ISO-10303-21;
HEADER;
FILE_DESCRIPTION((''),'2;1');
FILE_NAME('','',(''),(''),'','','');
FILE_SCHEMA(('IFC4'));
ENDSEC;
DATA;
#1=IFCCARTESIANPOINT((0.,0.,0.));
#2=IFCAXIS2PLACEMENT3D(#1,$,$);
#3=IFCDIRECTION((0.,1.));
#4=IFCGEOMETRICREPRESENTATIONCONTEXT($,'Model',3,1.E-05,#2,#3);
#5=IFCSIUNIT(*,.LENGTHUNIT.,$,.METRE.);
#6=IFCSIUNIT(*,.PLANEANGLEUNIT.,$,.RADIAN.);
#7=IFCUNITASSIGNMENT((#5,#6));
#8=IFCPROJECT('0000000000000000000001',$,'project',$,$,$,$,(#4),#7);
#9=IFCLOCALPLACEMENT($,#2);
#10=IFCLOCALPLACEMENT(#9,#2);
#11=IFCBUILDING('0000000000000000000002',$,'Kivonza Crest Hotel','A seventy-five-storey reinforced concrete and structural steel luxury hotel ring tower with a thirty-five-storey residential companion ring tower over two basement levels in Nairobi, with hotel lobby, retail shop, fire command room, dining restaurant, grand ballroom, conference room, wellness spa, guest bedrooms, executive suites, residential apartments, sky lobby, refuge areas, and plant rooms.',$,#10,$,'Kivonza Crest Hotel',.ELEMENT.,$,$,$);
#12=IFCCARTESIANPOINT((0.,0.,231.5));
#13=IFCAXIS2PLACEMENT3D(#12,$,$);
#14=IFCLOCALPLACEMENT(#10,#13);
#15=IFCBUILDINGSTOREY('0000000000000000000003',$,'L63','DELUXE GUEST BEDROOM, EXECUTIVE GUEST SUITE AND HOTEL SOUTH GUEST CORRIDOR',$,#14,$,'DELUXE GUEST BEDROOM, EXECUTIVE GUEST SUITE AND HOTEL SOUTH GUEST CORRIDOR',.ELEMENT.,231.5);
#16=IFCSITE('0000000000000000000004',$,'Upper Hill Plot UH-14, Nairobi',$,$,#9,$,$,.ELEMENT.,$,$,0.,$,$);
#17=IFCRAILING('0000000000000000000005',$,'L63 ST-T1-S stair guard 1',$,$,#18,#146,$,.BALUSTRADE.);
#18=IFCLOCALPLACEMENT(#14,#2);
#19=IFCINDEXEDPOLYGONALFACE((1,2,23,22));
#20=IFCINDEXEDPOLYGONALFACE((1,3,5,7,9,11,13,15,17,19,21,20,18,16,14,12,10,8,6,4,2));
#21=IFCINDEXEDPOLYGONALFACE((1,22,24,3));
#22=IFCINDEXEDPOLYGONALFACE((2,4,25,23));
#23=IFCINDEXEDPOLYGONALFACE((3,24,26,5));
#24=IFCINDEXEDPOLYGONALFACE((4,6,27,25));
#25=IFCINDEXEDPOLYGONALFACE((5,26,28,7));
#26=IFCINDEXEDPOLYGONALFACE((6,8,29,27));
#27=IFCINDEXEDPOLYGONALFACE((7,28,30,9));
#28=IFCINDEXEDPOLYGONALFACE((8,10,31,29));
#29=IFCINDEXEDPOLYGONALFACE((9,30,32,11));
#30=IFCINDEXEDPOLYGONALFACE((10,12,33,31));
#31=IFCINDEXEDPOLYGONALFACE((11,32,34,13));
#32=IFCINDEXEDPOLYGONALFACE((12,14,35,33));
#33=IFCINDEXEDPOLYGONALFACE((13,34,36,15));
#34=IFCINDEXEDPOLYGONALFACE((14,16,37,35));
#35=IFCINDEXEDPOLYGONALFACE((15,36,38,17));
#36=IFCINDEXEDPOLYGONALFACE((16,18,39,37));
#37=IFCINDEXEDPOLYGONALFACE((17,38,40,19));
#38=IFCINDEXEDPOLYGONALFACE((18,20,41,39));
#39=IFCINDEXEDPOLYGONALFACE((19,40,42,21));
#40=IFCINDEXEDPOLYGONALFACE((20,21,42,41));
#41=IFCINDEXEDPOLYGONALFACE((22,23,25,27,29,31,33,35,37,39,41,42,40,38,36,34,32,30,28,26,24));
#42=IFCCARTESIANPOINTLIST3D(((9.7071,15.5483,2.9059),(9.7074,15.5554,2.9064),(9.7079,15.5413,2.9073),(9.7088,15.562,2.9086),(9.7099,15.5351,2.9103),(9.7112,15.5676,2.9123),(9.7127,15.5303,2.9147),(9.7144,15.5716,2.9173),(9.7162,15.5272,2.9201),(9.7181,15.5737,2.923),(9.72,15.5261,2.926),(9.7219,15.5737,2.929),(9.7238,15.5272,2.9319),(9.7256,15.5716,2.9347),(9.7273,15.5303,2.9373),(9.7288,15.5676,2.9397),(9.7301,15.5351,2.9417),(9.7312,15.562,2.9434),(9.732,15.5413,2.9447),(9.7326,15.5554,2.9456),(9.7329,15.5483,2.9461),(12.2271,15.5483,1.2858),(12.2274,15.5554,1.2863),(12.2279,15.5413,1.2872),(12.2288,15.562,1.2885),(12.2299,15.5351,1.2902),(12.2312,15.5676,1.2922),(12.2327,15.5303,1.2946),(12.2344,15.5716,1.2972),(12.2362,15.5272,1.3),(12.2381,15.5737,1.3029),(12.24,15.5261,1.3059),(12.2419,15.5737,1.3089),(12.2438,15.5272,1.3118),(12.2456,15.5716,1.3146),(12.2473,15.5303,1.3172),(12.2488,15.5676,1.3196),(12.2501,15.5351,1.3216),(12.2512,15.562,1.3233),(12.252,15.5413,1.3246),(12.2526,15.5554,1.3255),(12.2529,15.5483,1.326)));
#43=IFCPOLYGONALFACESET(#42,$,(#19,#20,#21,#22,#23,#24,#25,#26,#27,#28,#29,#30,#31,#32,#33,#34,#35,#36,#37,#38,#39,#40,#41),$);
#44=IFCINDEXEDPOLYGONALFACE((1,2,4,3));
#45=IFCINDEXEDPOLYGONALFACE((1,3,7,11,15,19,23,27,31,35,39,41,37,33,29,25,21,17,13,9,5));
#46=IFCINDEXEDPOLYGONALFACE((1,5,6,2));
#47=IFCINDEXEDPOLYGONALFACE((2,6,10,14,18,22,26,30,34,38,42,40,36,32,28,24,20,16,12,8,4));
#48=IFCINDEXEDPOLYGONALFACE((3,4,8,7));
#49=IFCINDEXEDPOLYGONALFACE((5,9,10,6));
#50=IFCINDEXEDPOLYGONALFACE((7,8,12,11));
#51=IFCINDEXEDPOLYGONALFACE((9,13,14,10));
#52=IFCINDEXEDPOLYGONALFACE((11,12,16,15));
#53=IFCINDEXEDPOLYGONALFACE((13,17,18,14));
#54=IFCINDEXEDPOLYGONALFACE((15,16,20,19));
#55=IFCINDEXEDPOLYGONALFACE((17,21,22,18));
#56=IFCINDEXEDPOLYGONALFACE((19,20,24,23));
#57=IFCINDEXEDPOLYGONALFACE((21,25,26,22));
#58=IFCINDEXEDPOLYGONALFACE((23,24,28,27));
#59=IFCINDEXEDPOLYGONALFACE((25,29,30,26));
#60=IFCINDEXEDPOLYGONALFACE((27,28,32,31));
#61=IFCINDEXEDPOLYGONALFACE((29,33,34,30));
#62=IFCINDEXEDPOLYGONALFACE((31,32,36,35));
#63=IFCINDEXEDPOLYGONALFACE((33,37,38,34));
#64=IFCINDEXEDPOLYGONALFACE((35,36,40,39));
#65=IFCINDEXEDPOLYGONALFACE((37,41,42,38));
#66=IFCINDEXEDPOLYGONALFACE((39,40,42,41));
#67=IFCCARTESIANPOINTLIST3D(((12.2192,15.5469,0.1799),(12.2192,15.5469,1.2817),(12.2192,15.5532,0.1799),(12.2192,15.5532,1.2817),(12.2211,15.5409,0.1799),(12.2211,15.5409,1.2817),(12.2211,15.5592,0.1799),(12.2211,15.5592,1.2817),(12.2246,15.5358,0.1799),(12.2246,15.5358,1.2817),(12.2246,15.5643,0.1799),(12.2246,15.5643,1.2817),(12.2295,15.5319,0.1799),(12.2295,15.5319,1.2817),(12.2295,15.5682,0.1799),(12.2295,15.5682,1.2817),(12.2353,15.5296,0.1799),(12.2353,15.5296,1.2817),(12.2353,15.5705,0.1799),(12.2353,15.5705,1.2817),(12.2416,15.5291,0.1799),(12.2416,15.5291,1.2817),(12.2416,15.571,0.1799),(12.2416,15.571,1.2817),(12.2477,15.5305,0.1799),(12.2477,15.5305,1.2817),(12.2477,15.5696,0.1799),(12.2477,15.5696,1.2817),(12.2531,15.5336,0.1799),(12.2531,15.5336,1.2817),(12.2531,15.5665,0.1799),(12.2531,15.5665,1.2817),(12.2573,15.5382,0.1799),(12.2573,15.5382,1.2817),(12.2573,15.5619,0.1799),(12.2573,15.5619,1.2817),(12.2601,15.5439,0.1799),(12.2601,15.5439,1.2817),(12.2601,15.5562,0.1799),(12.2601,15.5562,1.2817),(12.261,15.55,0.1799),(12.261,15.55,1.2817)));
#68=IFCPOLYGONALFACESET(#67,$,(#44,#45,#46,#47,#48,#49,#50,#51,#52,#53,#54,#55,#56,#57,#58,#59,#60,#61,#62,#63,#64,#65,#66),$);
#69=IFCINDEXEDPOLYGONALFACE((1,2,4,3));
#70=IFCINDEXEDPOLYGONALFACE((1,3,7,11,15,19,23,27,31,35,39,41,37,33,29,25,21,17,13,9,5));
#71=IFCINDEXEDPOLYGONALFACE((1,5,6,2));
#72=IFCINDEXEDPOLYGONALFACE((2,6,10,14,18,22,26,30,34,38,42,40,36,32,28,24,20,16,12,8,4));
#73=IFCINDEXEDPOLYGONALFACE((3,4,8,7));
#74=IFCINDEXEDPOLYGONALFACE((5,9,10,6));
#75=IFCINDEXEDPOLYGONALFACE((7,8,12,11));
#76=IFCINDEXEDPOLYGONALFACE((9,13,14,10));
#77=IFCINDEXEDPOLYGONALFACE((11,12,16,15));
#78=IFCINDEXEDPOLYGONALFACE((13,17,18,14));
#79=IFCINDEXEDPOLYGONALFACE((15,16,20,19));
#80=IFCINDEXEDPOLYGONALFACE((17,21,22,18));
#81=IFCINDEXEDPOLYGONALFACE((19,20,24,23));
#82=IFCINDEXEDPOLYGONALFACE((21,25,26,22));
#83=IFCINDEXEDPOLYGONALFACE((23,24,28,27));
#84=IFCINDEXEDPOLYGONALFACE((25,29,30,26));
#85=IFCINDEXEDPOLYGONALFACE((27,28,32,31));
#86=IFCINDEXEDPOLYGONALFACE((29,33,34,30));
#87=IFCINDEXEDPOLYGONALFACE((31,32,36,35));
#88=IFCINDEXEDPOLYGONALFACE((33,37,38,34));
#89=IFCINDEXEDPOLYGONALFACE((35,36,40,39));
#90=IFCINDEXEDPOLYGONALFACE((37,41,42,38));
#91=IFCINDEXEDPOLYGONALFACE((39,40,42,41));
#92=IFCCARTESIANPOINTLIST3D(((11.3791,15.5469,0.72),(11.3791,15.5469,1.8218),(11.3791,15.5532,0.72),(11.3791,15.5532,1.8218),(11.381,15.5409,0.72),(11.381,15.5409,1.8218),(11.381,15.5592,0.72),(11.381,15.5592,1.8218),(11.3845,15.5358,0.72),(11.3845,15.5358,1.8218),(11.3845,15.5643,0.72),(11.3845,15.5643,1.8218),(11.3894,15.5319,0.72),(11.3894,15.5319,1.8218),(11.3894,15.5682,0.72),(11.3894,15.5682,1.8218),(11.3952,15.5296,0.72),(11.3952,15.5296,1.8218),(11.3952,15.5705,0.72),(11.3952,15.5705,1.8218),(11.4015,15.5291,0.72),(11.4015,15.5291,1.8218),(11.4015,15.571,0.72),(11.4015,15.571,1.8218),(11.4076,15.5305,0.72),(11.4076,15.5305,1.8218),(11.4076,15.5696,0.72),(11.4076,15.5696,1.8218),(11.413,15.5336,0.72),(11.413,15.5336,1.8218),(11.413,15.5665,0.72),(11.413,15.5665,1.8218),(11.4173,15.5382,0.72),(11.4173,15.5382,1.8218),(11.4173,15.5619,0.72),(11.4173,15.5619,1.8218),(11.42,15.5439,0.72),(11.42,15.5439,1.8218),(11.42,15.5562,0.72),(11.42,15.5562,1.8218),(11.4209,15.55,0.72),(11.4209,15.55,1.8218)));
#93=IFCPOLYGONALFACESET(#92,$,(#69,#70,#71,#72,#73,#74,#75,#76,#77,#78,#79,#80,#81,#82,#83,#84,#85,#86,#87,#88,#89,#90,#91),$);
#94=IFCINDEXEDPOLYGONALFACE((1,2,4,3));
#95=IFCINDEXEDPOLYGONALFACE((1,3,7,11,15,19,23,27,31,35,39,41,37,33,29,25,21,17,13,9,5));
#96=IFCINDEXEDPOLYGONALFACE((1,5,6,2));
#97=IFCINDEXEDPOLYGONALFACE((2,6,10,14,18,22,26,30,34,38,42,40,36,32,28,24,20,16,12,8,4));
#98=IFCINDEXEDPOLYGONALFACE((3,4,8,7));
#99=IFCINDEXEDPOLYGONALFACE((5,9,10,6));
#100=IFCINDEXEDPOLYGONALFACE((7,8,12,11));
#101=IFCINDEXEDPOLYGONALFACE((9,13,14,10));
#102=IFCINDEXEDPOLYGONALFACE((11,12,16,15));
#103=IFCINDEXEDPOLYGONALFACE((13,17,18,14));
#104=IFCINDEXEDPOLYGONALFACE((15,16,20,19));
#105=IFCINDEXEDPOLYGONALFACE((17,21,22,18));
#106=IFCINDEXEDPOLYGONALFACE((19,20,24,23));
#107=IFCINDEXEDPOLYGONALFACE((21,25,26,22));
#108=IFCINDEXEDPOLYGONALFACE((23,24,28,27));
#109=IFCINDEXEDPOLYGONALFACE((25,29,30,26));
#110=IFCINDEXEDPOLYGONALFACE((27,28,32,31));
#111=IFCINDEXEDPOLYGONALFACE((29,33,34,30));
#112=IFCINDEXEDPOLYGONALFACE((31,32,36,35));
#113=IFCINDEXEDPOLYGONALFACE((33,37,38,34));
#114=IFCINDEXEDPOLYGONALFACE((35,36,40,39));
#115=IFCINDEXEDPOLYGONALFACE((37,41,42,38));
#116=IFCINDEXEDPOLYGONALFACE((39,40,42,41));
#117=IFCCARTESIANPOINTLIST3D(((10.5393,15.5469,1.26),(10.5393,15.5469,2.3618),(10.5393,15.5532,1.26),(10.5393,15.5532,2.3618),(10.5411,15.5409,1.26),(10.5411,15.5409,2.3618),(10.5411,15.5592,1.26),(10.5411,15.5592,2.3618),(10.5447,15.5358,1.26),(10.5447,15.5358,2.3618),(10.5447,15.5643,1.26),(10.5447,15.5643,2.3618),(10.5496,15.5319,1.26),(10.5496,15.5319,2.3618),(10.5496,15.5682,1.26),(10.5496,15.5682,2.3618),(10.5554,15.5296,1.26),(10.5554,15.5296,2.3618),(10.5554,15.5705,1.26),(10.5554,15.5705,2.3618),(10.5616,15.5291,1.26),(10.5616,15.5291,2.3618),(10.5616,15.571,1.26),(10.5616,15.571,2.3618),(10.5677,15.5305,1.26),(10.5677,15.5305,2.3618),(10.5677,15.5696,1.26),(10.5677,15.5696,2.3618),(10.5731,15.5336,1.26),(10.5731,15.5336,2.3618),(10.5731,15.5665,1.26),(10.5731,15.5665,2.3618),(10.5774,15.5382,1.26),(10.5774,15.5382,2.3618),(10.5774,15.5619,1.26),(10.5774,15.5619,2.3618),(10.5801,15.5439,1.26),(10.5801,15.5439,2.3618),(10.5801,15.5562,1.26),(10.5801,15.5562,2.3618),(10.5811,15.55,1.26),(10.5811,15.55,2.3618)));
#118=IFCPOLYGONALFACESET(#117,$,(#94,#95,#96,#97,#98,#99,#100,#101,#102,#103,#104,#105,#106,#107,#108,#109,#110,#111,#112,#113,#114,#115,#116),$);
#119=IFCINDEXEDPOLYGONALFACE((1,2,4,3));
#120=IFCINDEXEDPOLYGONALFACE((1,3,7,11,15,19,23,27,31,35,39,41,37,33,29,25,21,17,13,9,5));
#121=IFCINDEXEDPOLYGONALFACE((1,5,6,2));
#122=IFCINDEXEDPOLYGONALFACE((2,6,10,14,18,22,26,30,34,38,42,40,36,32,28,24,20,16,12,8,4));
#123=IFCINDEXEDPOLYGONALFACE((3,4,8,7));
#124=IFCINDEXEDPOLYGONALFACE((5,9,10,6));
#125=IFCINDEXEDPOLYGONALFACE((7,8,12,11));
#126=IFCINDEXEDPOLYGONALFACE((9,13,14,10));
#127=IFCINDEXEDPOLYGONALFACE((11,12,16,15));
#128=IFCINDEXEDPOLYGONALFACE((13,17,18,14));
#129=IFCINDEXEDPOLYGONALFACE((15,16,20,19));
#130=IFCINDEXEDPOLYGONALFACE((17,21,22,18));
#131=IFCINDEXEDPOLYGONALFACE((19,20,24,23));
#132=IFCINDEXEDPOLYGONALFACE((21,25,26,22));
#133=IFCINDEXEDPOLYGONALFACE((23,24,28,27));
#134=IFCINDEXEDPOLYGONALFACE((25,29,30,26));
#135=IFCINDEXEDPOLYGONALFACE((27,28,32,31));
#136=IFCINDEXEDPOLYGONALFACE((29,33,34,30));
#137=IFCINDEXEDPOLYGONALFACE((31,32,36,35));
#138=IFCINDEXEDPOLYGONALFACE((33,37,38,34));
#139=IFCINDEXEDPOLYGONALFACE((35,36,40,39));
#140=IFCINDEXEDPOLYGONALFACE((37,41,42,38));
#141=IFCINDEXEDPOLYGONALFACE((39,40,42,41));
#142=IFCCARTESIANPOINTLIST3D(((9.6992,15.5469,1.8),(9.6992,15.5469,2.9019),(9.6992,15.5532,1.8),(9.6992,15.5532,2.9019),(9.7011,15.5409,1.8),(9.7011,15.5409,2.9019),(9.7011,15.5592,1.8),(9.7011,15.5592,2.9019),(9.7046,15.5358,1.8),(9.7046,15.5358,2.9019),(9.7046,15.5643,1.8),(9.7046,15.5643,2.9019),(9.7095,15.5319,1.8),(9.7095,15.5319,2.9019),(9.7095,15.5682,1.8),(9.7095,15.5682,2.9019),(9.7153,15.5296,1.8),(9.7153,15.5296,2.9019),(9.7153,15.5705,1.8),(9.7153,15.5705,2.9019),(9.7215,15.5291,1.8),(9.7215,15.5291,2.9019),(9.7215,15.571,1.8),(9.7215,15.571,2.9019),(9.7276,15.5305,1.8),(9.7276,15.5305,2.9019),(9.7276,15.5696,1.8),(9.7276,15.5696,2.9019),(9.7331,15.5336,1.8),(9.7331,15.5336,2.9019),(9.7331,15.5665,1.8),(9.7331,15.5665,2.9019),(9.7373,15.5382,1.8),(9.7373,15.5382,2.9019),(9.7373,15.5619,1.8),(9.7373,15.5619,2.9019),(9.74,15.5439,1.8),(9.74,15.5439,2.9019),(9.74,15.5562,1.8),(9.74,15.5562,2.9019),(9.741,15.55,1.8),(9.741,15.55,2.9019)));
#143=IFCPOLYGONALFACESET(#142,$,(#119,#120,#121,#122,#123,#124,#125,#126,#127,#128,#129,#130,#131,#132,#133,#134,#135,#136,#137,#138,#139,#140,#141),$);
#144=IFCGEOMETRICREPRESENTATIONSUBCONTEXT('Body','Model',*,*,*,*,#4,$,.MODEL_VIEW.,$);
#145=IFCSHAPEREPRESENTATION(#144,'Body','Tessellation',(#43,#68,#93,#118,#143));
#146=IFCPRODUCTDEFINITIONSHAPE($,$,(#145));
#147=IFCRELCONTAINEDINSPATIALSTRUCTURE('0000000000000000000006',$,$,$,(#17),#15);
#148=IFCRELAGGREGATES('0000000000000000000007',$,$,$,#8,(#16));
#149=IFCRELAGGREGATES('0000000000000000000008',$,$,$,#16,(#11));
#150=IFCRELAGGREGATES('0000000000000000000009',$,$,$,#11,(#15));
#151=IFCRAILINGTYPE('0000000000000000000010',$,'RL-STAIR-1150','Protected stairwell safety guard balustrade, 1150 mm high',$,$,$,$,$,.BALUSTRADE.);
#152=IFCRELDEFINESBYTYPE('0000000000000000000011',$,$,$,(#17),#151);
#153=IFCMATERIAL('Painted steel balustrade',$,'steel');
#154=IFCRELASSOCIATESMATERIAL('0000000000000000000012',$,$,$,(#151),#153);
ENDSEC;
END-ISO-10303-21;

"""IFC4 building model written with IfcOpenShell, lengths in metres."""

from ifc_helpers import new_model, si_unit, direction, frame, origin, origin_2d, place, context, subcontext, project, spatial, circle, extrude, material, type_object, element, save


model = new_model("IFC4")

# Units and contexts
model_context = context("Model", 3, precision=1e-05, world=origin(), true_north=direction((0.0, 1.0)))
body_context = subcontext(model_context, "Body", "Model", "MODEL_VIEW")
ifc_project = project(units=[si_unit("LENGTHUNIT", "METRE"), si_unit("PLANEANGLEUNIT", "RADIAN")], contexts=[model_context])

# Site, building, storey
site_placement = place(None, origin())
site = spatial("IfcSite", under=ifc_project, at=site_placement, Name="Upper Hill Plot UH-14, Nairobi", CompositionType="ELEMENT", RefElevation=0.0)
building_placement = place(site_placement, origin())
building = spatial("IfcBuilding", under=site, at=building_placement, Name="Kivonza Crest Hotel", Description="A seventy-five-storey reinforced concrete and structural steel luxury hotel ring tower with a thirty-five-storey residential companion ring tower over two basement levels in Nairobi, with hotel lobby, retail shop, fire command room, dining restaurant, grand ballroom, conference room, wellness spa, guest bedrooms, executive suites, residential apartments, sky lobby, refuge areas, and plant rooms.", LongName="Kivonza Crest Hotel", CompositionType="ELEMENT")
storey_placement = place(building_placement, frame((0.0, 0.0, 231.5)))
storey = spatial("IfcBuildingStorey", under=building, at=storey_placement, Name="L63", Description="DELUXE GUEST BEDROOM, EXECUTIVE GUEST SUITE AND HOTEL SOUTH GUEST CORRIDOR", LongName="DELUXE GUEST BEDROOM, EXECUTIVE GUEST SUITE AND HOTEL SOUTH GUEST CORRIDOR", CompositionType="ELEMENT", Elevation=231.5)

# Railing
ifc_material_1 = material(Name="Painted steel balustrade", Category="steel")
railing_type_1 = type_object("IfcRailingType", Name="RL-STAIR-1150", Description="Protected stairwell safety guard balustrade, 1150 mm high", PredefinedType="BALUSTRADE", material=ifc_material_1)
railing_1_placement = place(storey_placement, frame((12.24, 15.55, 0.1799)))
element("IfcRailing", 1, at=railing_1_placement, inside=storey, type_object=railing_type_1, Name="L63 ST-T1-S stair guard 1", PredefinedType="BALUSTRADE", context=body_context, shape_type="SweptSolid", body=[
    extrude(circle(Radius=0.0239, at=origin_2d()), frame((0.0, 0.0, 1.126), z_axis=(-0.841163, 0.0, 0.540782), x_axis=(0.0, -1.0, 0.0)), (0.0, 0.0, 1.0), 2.9958),
    extrude(circle(Radius=0.021, at=origin_2d()), origin(), (0.0, 0.0, 1.0), 1.1018),
    extrude(circle(Radius=0.021, at=origin_2d()), frame((-0.8401, 0.0, 0.54)), (0.0, 0.0, 1.0), 1.1018),
    extrude(circle(Radius=0.021, at=origin_2d()), frame((-1.6799, 0.0, 1.0801)), (0.0, 0.0, 1.0), 1.1018),
    extrude(circle(Radius=0.021, at=origin_2d()), frame((-2.52, 0.0, 1.6201)), (0.0, 0.0, 1.0), 1.1018),
])

save(model, "model.ifc")
